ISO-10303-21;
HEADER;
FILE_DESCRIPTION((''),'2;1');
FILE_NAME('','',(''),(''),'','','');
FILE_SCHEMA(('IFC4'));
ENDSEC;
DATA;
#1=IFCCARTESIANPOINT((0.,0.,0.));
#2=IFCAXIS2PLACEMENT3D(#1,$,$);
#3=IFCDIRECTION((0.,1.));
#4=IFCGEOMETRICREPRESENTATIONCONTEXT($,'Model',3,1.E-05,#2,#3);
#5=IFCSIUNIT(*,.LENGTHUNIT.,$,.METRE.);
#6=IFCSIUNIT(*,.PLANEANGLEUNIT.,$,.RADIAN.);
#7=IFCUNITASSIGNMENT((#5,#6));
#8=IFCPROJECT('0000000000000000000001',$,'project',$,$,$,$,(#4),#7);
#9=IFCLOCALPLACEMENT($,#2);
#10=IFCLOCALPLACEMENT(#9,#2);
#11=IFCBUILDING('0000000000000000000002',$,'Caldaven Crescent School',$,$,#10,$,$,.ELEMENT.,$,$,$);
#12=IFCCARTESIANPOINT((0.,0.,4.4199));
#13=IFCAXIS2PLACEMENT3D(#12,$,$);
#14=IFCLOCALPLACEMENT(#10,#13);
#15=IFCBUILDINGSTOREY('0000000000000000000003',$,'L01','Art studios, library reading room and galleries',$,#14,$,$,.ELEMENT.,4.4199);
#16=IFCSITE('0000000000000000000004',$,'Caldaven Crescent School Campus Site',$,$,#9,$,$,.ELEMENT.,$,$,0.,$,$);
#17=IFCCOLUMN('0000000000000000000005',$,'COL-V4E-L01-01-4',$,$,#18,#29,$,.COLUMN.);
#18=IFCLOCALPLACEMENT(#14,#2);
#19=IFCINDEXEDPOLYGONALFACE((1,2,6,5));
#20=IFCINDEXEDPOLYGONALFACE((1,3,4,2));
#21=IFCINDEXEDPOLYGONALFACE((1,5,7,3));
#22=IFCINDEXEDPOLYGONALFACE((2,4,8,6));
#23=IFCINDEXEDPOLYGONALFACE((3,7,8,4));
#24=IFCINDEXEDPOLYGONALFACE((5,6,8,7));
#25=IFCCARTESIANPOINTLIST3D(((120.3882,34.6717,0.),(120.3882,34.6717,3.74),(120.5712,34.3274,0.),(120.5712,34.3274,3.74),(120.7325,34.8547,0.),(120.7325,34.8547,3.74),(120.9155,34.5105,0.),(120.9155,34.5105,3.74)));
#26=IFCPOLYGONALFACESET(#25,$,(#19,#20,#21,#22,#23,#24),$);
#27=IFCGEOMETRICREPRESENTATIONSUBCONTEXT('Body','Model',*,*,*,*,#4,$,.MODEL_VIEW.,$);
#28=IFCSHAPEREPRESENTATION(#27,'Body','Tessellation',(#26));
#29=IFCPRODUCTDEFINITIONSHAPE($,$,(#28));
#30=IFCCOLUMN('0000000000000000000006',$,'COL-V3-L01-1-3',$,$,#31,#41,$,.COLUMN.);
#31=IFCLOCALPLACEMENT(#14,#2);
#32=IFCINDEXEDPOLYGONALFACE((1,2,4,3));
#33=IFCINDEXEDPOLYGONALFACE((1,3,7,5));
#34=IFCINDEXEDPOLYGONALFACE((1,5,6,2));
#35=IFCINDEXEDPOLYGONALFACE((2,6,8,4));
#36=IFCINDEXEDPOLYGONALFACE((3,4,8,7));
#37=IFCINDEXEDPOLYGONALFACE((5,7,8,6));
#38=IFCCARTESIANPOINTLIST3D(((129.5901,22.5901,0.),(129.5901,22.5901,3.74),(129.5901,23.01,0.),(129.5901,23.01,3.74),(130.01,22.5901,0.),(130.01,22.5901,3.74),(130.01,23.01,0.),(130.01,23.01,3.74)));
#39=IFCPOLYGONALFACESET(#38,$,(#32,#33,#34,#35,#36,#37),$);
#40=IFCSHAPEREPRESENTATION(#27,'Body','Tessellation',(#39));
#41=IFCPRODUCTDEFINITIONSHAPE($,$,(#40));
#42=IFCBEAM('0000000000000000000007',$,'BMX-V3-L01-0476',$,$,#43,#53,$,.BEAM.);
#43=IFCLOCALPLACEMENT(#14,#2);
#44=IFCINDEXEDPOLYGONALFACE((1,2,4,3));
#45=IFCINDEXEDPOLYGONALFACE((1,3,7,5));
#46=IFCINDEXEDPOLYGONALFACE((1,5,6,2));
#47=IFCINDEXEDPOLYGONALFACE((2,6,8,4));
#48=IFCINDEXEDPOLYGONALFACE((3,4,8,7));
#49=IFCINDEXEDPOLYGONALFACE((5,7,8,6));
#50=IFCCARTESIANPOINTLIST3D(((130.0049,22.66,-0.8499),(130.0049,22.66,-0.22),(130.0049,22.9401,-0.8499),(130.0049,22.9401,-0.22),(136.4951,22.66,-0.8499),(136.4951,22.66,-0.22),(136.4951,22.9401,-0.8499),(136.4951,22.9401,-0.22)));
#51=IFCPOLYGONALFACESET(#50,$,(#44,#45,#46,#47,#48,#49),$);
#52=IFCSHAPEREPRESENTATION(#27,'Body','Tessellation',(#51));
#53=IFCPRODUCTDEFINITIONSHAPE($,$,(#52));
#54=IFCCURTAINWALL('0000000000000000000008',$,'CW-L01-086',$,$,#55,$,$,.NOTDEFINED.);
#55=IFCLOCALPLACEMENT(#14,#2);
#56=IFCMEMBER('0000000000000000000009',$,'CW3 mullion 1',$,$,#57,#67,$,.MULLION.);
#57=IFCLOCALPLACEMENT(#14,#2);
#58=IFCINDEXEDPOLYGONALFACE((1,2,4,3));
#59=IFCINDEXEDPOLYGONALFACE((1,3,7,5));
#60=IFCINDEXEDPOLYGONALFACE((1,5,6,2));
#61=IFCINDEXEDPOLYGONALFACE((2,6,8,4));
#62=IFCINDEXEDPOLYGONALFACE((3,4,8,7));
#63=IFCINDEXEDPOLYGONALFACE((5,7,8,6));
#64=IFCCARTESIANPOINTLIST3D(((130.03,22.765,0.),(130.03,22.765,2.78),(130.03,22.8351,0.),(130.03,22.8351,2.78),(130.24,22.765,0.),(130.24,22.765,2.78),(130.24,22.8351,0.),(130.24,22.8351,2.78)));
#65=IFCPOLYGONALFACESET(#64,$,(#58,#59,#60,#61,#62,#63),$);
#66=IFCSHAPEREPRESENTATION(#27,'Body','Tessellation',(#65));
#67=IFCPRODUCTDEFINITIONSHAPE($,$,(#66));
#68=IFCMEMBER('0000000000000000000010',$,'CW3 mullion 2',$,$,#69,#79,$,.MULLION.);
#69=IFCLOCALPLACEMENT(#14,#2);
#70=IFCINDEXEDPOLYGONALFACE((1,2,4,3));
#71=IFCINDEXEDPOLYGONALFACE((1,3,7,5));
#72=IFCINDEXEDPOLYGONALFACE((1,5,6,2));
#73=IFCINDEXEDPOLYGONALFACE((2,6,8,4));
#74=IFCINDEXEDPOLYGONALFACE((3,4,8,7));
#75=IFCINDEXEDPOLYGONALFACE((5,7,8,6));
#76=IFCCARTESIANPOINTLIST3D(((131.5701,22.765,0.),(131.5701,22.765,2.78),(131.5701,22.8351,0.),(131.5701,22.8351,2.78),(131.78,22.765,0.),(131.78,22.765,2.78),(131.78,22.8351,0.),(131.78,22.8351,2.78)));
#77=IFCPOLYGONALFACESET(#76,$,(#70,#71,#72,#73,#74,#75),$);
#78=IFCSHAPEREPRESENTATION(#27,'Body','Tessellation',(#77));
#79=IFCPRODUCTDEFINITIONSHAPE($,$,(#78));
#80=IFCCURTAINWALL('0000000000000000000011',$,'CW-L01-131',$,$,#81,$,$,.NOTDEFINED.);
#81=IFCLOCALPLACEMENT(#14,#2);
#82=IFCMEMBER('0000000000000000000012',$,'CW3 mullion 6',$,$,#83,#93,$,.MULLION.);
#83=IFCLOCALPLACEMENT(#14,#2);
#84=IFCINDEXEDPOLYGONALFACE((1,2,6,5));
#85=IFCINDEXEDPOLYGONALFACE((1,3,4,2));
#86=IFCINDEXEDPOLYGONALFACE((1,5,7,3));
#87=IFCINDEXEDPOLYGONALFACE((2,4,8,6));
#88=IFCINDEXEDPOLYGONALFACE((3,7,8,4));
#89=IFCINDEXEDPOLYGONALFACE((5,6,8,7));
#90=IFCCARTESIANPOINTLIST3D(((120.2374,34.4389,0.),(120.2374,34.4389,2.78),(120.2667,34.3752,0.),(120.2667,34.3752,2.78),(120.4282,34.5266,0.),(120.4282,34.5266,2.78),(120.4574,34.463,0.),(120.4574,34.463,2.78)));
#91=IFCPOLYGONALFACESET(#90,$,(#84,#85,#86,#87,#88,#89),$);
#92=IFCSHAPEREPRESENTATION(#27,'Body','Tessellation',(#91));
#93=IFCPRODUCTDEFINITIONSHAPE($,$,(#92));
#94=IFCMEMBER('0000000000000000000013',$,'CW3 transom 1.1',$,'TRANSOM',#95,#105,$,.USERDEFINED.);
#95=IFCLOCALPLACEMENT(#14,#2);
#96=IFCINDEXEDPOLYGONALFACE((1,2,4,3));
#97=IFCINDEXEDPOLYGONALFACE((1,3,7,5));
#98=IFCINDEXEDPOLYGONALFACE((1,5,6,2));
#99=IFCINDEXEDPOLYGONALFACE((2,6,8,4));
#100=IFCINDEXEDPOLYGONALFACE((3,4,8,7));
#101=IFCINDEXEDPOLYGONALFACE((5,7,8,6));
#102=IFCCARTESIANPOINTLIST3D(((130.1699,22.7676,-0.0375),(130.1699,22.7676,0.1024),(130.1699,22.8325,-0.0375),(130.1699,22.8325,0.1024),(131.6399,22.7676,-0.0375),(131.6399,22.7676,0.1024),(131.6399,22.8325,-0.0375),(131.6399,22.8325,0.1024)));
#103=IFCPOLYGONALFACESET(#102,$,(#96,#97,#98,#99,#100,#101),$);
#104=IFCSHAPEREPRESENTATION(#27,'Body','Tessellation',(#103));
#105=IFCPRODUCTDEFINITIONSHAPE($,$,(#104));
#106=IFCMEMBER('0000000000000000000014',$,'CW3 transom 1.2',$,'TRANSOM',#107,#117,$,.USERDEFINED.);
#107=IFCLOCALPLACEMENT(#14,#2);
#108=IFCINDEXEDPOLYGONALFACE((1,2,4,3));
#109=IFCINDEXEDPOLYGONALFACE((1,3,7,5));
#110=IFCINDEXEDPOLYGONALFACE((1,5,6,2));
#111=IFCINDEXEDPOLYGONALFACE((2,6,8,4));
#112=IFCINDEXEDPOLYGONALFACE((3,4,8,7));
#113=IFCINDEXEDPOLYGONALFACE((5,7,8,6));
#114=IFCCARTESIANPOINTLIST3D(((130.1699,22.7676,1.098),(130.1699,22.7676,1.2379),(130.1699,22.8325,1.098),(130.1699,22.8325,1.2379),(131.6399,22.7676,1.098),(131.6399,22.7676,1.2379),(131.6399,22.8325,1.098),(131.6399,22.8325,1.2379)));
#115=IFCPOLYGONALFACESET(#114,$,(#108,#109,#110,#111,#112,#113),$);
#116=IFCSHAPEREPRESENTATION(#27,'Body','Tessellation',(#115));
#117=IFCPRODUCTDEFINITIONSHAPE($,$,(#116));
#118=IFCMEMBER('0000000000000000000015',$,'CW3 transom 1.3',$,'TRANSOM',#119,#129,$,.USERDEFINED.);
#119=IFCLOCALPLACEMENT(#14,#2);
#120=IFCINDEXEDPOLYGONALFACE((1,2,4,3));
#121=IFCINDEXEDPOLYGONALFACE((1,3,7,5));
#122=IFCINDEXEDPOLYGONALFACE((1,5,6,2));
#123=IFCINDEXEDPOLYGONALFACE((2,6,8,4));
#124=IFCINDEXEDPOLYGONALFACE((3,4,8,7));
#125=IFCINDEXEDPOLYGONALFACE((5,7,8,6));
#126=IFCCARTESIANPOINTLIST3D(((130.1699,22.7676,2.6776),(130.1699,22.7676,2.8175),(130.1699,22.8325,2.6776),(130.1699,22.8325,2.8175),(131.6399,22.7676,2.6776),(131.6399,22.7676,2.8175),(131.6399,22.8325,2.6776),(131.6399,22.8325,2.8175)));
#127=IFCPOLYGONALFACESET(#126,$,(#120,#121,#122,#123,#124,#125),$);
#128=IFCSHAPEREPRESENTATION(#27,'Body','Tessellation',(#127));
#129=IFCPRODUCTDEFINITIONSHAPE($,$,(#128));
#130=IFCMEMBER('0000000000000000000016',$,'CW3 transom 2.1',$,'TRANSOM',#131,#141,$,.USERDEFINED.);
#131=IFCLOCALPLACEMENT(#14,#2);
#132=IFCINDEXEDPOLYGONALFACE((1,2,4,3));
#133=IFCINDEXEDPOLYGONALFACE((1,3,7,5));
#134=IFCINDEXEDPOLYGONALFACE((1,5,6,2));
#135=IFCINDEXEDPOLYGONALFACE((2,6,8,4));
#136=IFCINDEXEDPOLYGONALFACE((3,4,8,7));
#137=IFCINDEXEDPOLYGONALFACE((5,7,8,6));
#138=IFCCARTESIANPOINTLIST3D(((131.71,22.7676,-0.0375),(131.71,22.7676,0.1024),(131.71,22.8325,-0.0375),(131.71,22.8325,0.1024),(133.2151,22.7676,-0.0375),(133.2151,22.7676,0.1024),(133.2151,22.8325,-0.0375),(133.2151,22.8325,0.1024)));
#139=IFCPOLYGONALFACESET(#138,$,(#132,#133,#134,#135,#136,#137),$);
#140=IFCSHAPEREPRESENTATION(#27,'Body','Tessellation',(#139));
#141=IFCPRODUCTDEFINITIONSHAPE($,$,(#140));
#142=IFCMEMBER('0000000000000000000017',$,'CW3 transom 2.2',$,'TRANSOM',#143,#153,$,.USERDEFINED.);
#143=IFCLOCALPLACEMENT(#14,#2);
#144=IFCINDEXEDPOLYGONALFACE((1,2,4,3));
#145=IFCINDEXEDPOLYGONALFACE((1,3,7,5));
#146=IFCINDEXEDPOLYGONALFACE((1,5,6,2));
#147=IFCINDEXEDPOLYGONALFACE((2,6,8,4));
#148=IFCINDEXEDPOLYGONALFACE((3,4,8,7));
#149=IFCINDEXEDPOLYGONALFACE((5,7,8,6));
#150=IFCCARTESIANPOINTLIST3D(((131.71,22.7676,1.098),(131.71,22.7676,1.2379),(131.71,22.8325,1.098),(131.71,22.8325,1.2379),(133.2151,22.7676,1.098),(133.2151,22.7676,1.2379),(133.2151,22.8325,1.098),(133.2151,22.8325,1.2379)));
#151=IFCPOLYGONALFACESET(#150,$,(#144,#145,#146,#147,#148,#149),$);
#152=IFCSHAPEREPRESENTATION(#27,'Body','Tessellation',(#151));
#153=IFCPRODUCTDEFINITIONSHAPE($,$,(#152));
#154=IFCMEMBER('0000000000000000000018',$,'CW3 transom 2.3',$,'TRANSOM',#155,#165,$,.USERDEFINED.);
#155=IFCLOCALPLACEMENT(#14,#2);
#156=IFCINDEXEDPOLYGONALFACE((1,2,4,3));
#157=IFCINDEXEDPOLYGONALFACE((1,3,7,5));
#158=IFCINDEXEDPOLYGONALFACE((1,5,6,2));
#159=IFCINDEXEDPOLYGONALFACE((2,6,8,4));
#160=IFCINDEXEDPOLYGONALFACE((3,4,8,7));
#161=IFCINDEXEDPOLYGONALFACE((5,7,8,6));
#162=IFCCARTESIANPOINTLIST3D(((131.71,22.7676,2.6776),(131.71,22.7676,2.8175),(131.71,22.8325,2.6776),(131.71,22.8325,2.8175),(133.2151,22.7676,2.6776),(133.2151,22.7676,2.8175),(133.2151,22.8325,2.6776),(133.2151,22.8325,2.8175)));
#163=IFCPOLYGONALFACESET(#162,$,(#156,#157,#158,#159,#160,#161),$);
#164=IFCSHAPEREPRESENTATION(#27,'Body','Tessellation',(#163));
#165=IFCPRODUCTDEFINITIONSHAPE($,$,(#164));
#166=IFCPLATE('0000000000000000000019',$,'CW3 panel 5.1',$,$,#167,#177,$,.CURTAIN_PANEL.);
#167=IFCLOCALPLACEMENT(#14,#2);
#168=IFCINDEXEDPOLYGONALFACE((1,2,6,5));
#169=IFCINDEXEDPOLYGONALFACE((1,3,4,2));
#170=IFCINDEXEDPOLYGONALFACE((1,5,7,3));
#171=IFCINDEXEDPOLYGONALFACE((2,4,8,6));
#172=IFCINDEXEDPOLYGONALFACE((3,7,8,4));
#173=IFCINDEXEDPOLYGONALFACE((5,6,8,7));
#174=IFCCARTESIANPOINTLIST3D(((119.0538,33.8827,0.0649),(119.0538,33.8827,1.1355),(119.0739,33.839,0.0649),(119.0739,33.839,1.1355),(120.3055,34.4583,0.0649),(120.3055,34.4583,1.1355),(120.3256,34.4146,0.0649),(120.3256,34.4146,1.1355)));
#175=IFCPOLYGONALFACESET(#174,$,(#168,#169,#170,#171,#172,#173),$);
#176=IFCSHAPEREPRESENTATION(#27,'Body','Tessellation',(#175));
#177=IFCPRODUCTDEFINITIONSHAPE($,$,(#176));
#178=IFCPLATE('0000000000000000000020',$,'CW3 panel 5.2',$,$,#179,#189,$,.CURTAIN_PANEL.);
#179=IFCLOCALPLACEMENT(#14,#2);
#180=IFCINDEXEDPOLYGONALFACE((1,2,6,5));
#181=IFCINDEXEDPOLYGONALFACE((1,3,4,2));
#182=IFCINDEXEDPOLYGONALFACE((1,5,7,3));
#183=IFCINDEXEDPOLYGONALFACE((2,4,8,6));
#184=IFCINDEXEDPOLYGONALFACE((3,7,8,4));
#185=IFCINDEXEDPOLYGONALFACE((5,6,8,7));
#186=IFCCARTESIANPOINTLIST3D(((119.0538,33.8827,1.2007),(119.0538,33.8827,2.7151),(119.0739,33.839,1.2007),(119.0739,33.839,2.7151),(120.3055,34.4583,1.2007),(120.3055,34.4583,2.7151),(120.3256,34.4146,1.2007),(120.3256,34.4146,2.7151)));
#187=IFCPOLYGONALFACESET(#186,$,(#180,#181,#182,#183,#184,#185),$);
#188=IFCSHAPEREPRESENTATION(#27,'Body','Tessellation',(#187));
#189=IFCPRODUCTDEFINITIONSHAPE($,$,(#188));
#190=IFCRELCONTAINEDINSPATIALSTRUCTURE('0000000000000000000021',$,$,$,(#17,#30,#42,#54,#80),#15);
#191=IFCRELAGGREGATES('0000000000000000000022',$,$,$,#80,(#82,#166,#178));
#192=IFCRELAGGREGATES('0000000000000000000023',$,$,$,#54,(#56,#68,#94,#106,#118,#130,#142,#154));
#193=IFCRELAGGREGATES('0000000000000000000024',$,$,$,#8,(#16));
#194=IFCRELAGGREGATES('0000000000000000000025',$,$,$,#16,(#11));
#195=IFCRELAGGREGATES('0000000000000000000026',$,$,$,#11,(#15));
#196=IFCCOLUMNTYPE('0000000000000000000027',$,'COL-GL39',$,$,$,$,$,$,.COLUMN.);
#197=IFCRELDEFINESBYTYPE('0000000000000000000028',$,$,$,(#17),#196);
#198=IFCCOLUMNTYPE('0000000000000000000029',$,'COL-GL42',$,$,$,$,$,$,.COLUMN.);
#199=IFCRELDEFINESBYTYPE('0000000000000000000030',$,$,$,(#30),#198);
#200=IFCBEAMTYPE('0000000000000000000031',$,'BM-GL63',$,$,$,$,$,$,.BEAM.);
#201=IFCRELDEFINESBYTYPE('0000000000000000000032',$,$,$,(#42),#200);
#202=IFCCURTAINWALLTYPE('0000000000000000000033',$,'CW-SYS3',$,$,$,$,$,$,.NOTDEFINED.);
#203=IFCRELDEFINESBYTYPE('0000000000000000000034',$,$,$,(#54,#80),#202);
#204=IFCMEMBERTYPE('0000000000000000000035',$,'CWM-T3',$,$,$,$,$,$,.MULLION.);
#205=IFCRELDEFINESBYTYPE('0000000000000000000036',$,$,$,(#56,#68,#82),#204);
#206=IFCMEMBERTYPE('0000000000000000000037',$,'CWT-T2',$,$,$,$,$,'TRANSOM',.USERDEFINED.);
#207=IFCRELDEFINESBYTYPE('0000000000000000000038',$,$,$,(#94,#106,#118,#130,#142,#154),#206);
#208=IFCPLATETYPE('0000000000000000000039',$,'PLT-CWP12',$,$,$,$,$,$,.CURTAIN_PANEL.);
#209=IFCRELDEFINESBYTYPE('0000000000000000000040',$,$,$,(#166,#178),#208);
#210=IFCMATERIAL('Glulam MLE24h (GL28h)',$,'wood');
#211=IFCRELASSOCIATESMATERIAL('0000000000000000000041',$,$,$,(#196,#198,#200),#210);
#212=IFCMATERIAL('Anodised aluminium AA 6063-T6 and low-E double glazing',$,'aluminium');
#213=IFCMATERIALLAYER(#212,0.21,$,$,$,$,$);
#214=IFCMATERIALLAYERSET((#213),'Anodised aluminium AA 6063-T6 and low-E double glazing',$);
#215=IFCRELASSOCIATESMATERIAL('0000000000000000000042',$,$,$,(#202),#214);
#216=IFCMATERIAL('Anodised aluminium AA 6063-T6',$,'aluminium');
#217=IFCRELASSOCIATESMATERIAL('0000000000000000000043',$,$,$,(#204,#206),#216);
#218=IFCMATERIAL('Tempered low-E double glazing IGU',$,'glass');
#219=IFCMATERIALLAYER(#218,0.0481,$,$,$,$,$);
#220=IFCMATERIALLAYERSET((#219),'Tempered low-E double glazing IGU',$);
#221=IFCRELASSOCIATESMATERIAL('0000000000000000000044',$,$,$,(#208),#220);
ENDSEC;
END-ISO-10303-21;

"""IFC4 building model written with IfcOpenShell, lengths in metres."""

from ifc_helpers import new_model, si_unit, direction, frame, origin, origin_2d, place, context, subcontext, project, spatial, rectangle, extrude, material, layer, layer_set, material_profile, profile_set, type_object, element, aggregate, save


model = new_model("IFC4")

# Units and contexts
model_context = context("Model", 3, precision=1e-05, world=origin(), true_north=direction((0.0, 1.0)))
body_context = subcontext(model_context, "Body", "Model", "MODEL_VIEW")
ifc_project = project(units=[si_unit("LENGTHUNIT", "METRE"), si_unit("PLANEANGLEUNIT", "RADIAN")], contexts=[model_context])

# Site, building, storey
site_placement = place(None, origin())
site = spatial("IfcSite", under=ifc_project, at=site_placement, Name="Caldaven Crescent School Campus Site", CompositionType="ELEMENT", RefElevation=0.0)
building_placement = place(site_placement, origin())
building = spatial("IfcBuilding", under=site, at=building_placement, Name="Caldaven Crescent School", CompositionType="ELEMENT")
storey_placement = place(building_placement, frame((0.0, 0.0, 4.4199)))
storey = spatial("IfcBuildingStorey", under=building, at=storey_placement, Name="L01", Description="Art studios, library reading room and galleries", CompositionType="ELEMENT", Elevation=4.4199)

# Columns
ifc_material_1 = material(Name="Glulam MLE24h (GL28h)", Category="wood")
ifc_material_profile_1 = material_profile(ifc_material_1, rectangle(XDim=0.3899, YDim=0.3899, at=origin_2d()), Name="MLE 390x390")
ifc_profile_set_1 = profile_set([ifc_material_profile_1], Name="Glulam MLE24h (GL28h)")
column_type_1 = type_object("IfcColumnType", Name="COL-GL39", PredefinedType="COLUMN", material=ifc_profile_set_1)
column_1_placement = place(storey_placement, frame((120.6519, 34.5911, 0.0), z_axis=(0.0, 0.0, 1.0), x_axis=(0.469472, -0.882948, 0.0)))
element("IfcColumn", 1, at=column_1_placement, inside=storey, type_object=column_type_1, Name="COL-V4E-L01-01-4", PredefinedType="COLUMN", context=body_context, shape_type="SweptSolid", body=[
    extrude(rectangle(XDim=0.3899, YDim=0.3899, at=origin_2d()), origin(), (0.0, 0.0, 1.0), 3.74),
])
ifc_material_profile_2 = material_profile(ifc_material_1, rectangle(XDim=0.4199, YDim=0.4199, at=origin_2d()), Name="MLE 420x420")
ifc_profile_set_2 = profile_set([ifc_material_profile_2], Name="Glulam MLE24h (GL28h)")
column_type_2 = type_object("IfcColumnType", Name="COL-GL42", PredefinedType="COLUMN", material=ifc_profile_set_2)
column_2_placement = place(storey_placement, frame((129.8, 22.8, 0.0), z_axis=(0.0, 0.0, 1.0), x_axis=(1.0, 0.0, 0.0)))
element("IfcColumn", 2, at=column_2_placement, inside=storey, type_object=column_type_2, Name="COL-V3-L01-1-3", PredefinedType="COLUMN", context=body_context, shape_type="SweptSolid", body=[
    extrude(rectangle(XDim=0.4199, YDim=0.4199, at=origin_2d()), origin(), (0.0, 0.0, 1.0), 3.74),
])

# Beam
ifc_material_profile_3 = material_profile(ifc_material_1, rectangle(XDim=0.28, YDim=0.6299, at=origin_2d()), Name="MLE 280x630")
ifc_profile_set_3 = profile_set([ifc_material_profile_3], Name="Glulam MLE24h (GL28h)")
beam_type = type_object("IfcBeamType", Name="BM-GL63", PredefinedType="BEAM", material=ifc_profile_set_3)
beam_placement = place(storey_placement, frame((130.0049, 22.8, -0.5349), z_axis=(1.0, 0.0, 0.0), x_axis=(0.0, 1.0, 0.0)))
element("IfcBeam", 3, at=beam_placement, inside=storey, type_object=beam_type, Name="BMX-V3-L01-0476", PredefinedType="BEAM", context=body_context, shape_type="SweptSolid", body=[
    extrude(rectangle(XDim=0.28, YDim=0.6299, at=origin_2d()), origin(), (0.0, 0.0, 1.0), 6.4902),
])

# Curtain wall, members
ifc_material_2 = material(Name="Anodised aluminium AA 6063-T6 and low-E double glazing", Category="aluminium")
ifc_layer_1 = layer(ifc_material_2, 0.21)
ifc_layer_set_1 = layer_set([ifc_layer_1], Name="Anodised aluminium AA 6063-T6 and low-E double glazing")
curtain_wall_type = type_object("IfcCurtainWallType", Name="CW-SYS3", PredefinedType="NOTDEFINED", material=ifc_layer_set_1)
curtain_wall_1_placement = place(storey_placement, origin())
curtain_wall_1 = element("IfcCurtainWall", 4, at=curtain_wall_1_placement, inside=storey, type_object=curtain_wall_type, Name="CW-L01-086", PredefinedType="NOTDEFINED")
ifc_material_3 = material(Name="Anodised aluminium AA 6063-T6", Category="aluminium")
ifc_material_profile_4 = material_profile(ifc_material_3, rectangle(XDim=0.0701, YDim=0.21, at=origin_2d()), Name="CWM 70x210")
ifc_profile_set_4 = profile_set([ifc_material_profile_4], Name="Anodised aluminium AA 6063-T6")
member_type_1 = type_object("IfcMemberType", Name="CWM-T3", PredefinedType="MULLION", material=ifc_profile_set_4)
member_1_placement = place(storey_placement, frame((130.135, 22.8, 0.0), z_axis=(0.0, 0.0, 1.0), x_axis=(0.0, 1.0, 0.0)))
member_1 = element("IfcMember", 5, at=member_1_placement, type_object=member_type_1, Name="CW3 mullion 1", PredefinedType="MULLION", context=body_context, shape_type="SweptSolid", body=[
    extrude(rectangle(XDim=0.0701, YDim=0.21, at=origin_2d()), origin(), (0.0, 0.0, 1.0), 2.78),
])
member_2_placement = place(storey_placement, frame((131.675, 22.8, 0.0), z_axis=(0.0, 0.0, 1.0), x_axis=(0.0, 1.0, 0.0)))
member_2 = element("IfcMember", 6, at=member_2_placement, type_object=member_type_1, Name="CW3 mullion 2", PredefinedType="MULLION", context=body_context, shape_type="SweptSolid", body=[
    extrude(rectangle(XDim=0.0701, YDim=0.21, at=origin_2d()), origin(), (0.0, 0.0, 1.0), 2.78),
])

# Curtain wall, member
curtain_wall_2_placement = place(storey_placement, origin())
curtain_wall_2 = element("IfcCurtainWall", 7, at=curtain_wall_2_placement, inside=storey, type_object=curtain_wall_type, Name="CW-L01-131", PredefinedType="NOTDEFINED")
member_3_placement = place(storey_placement, frame((120.3474, 34.4509, 0.0), z_axis=(0.0, 0.0, 1.0), x_axis=(-0.417823, 0.908528, 0.0)))
member_3 = element("IfcMember", 8, at=member_3_placement, type_object=member_type_1, Name="CW3 mullion 6", PredefinedType="MULLION", context=body_context, shape_type="SweptSolid", body=[
    extrude(rectangle(XDim=0.0701, YDim=0.21, at=origin_2d()), origin(), (0.0, 0.0, 1.0), 2.78),
])

# Members
ifc_material_profile_5 = material_profile(ifc_material_3, rectangle(XDim=0.0649, YDim=0.1399, at=origin_2d()), Name="CWT 65x140")
ifc_profile_set_5 = profile_set([ifc_material_profile_5], Name="Anodised aluminium AA 6063-T6")
member_type_2 = type_object("IfcMemberType", Name="CWT-T2", ElementType="TRANSOM", PredefinedType="USERDEFINED", material=ifc_profile_set_5)
member_4_placement = place(storey_placement, frame((130.1699, 22.8, 0.0325), z_axis=(1.0, 0.0, 0.0), x_axis=(0.0, 1.0, 0.0)))
member_4 = element("IfcMember", 9, at=member_4_placement, type_object=member_type_2, Name="CW3 transom 1.1", ObjectType="TRANSOM", PredefinedType="USERDEFINED", context=body_context, shape_type="SweptSolid", body=[
    extrude(rectangle(XDim=0.0649, YDim=0.1399, at=origin_2d()), origin(), (0.0, 0.0, 1.0), 1.47),
])
member_5_placement = place(storey_placement, frame((130.1699, 22.8, 1.168), z_axis=(1.0, 0.0, 0.0), x_axis=(0.0, 1.0, 0.0)))
member_5 = element("IfcMember", 10, at=member_5_placement, type_object=member_type_2, Name="CW3 transom 1.2", ObjectType="TRANSOM", PredefinedType="USERDEFINED", context=body_context, shape_type="SweptSolid", body=[
    extrude(rectangle(XDim=0.0649, YDim=0.1399, at=origin_2d()), origin(), (0.0, 0.0, 1.0), 1.47),
])
member_6_placement = place(storey_placement, frame((130.1699, 22.8, 2.7476), z_axis=(1.0, 0.0, 0.0), x_axis=(0.0, 1.0, 0.0)))
member_6 = element("IfcMember", 11, at=member_6_placement, type_object=member_type_2, Name="CW3 transom 1.3", ObjectType="TRANSOM", PredefinedType="USERDEFINED", context=body_context, shape_type="SweptSolid", body=[
    extrude(rectangle(XDim=0.0649, YDim=0.1399, at=origin_2d()), origin(), (0.0, 0.0, 1.0), 1.47),
])
member_7_placement = place(storey_placement, frame((131.71, 22.8, 0.0325), z_axis=(1.0, 0.0, 0.0), x_axis=(0.0, 1.0, 0.0)))
member_7 = element("IfcMember", 12, at=member_7_placement, type_object=member_type_2, Name="CW3 transom 2.1", ObjectType="TRANSOM", PredefinedType="USERDEFINED", context=body_context, shape_type="SweptSolid", body=[
    extrude(rectangle(XDim=0.0649, YDim=0.1399, at=origin_2d()), origin(), (0.0, 0.0, 1.0), 1.5051),
])
member_8_placement = place(storey_placement, frame((131.71, 22.8, 1.168), z_axis=(1.0, 0.0, 0.0), x_axis=(0.0, 1.0, 0.0)))
member_8 = element("IfcMember", 13, at=member_8_placement, type_object=member_type_2, Name="CW3 transom 2.2", ObjectType="TRANSOM", PredefinedType="USERDEFINED", context=body_context, shape_type="SweptSolid", body=[
    extrude(rectangle(XDim=0.0649, YDim=0.1399, at=origin_2d()), origin(), (0.0, 0.0, 1.0), 1.5051),
])
member_9_placement = place(storey_placement, frame((131.71, 22.8, 2.7476), z_axis=(1.0, 0.0, 0.0), x_axis=(0.0, 1.0, 0.0)))
member_9 = element("IfcMember", 14, at=member_9_placement, type_object=member_type_2, Name="CW3 transom 2.3", ObjectType="TRANSOM", PredefinedType="USERDEFINED", context=body_context, shape_type="SweptSolid", body=[
    extrude(rectangle(XDim=0.0649, YDim=0.1399, at=origin_2d()), origin(), (0.0, 0.0, 1.0), 1.5051),
])

# Plates
ifc_material_4 = material(Name="Tempered low-E double glazing IGU", Category="glass")
ifc_layer_2 = layer(ifc_material_4, 0.0481)
ifc_layer_set_2 = layer_set([ifc_layer_2], Name="Tempered low-E double glazing IGU")
plate_type_1 = type_object("IfcPlateType", Name="PLT-CWP12", PredefinedType="CURTAIN_PANEL", material=ifc_layer_set_2)
plate_1_placement = place(storey_placement, frame((119.6897, 34.1487, 0.0649), z_axis=(0.0, 0.0, 1.0), x_axis=(0.908528, 0.417823, 0.0)))
plate_1 = element("IfcPlate", 15, at=plate_1_placement, type_object=plate_type_1, Name="CW3 panel 5.1", PredefinedType="CURTAIN_PANEL", context=body_context, shape_type="SweptSolid", body=[
    extrude(rectangle(XDim=1.3777, YDim=0.0481, at=origin_2d()), origin(), (0.0, 0.0, 1.0), 1.0706),
])
plate_2_placement = place(storey_placement, frame((119.6897, 34.1487, 1.2007), z_axis=(0.0, 0.0, 1.0), x_axis=(0.908528, 0.417823, 0.0)))
plate_2 = element("IfcPlate", 16, at=plate_2_placement, type_object=plate_type_1, Name="CW3 panel 5.2", PredefinedType="CURTAIN_PANEL", context=body_context, shape_type="SweptSolid", body=[
    extrude(rectangle(XDim=1.3777, YDim=0.0481, at=origin_2d()), origin(), (0.0, 0.0, 1.0), 1.5144),
])
aggregate(curtain_wall_2, [member_3, plate_1, plate_2])
aggregate(curtain_wall_1, [member_1, member_2, member_4, member_5, member_6, member_7, member_8, member_9])

save(model, "model.ifc")
